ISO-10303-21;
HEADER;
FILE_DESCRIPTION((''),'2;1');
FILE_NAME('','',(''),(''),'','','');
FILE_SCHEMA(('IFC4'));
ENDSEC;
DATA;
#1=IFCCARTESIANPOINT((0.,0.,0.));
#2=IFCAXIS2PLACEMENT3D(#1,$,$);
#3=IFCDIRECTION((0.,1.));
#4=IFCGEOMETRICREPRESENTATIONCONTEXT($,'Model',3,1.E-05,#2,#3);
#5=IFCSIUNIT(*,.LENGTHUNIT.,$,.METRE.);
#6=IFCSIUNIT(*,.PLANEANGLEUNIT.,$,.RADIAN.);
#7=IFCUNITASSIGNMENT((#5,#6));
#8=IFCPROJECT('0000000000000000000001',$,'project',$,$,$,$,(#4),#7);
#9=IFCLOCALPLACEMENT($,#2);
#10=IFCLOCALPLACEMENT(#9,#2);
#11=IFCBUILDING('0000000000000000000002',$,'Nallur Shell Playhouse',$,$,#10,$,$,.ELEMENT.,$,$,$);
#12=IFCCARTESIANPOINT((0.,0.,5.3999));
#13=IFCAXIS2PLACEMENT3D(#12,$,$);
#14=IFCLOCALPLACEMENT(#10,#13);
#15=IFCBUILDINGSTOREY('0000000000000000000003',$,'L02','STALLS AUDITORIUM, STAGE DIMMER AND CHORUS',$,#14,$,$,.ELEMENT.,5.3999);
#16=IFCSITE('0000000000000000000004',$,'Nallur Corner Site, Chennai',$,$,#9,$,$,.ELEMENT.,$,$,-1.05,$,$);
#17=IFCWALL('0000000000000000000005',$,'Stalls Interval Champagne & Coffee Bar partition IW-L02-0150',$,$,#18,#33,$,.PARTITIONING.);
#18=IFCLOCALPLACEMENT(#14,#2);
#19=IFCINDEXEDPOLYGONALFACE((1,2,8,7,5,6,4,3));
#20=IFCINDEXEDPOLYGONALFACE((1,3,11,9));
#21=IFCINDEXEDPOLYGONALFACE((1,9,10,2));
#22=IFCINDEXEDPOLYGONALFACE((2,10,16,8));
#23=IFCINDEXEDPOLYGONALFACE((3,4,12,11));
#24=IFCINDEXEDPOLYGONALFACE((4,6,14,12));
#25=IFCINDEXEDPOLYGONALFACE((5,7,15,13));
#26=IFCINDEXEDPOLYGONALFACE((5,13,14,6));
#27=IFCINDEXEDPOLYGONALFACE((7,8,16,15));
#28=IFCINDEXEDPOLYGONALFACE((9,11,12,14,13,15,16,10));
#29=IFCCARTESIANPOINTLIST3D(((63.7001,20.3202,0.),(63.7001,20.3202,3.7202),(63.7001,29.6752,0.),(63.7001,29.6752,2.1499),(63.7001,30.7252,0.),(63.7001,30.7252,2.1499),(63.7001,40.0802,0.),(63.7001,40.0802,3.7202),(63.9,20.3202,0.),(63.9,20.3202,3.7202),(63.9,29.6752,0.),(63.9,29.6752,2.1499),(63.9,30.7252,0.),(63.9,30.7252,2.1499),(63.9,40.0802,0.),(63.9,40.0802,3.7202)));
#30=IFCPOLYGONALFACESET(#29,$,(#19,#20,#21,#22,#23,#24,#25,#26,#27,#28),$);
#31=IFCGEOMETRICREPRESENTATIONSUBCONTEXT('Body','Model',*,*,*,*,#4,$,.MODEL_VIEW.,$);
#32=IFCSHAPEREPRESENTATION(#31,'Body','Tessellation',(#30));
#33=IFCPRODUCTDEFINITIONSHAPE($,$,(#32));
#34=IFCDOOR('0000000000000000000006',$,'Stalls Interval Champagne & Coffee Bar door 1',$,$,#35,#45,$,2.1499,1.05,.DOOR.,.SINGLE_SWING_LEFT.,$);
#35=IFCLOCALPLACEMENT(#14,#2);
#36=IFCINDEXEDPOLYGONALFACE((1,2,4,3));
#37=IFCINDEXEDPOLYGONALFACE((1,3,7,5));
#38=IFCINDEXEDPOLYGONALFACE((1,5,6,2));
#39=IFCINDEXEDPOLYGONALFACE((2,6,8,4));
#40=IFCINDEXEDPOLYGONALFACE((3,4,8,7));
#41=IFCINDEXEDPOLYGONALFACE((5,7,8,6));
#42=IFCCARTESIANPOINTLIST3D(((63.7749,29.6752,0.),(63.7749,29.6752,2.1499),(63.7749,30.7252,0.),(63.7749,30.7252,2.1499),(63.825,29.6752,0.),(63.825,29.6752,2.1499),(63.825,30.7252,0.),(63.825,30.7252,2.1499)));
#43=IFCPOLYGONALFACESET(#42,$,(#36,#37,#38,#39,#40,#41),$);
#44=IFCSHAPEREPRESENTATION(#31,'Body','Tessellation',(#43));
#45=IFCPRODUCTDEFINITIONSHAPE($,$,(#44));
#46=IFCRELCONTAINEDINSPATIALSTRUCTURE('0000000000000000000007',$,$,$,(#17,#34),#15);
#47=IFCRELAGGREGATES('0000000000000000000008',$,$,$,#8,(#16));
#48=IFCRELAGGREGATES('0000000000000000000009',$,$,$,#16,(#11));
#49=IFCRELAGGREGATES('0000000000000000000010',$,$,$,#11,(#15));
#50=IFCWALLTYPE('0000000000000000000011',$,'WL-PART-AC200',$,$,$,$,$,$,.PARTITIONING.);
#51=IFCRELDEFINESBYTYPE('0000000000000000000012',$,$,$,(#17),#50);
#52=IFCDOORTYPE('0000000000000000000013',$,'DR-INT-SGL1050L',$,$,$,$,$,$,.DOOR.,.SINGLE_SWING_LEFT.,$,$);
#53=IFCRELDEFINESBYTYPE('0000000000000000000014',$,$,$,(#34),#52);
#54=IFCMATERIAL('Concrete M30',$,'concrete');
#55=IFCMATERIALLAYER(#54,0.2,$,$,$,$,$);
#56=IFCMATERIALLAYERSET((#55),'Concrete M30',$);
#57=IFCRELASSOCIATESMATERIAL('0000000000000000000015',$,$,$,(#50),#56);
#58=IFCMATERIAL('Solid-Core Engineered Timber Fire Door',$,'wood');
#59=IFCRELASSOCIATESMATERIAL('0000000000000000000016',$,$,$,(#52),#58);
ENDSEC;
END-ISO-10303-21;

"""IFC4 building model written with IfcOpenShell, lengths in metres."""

from ifc_helpers import new_model, si_unit, direction, frame, frame_2d, origin, place, context, subcontext, project, spatial, rectangle, extrude, material, layer, layer_set, type_object, element, fill, save


model = new_model("IFC4")

# Units and contexts
model_context = context("Model", 3, precision=1e-05, world=origin(), true_north=direction((0.0, 1.0)))
body_context = subcontext(model_context, "Body", "Model", "MODEL_VIEW")
ifc_project = project(units=[si_unit("LENGTHUNIT", "METRE"), si_unit("PLANEANGLEUNIT", "RADIAN")], contexts=[model_context])

# Site, building, storey
site_placement = place(None, origin())
site = spatial("IfcSite", under=ifc_project, at=site_placement, Name="Nallur Corner Site, Chennai", CompositionType="ELEMENT", RefElevation=-1.05)
building_placement = place(site_placement, origin())
building = spatial("IfcBuilding", under=site, at=building_placement, Name="Nallur Shell Playhouse", CompositionType="ELEMENT")
storey_placement = place(building_placement, frame((0.0, 0.0, 5.3999)))
storey = spatial("IfcBuildingStorey", under=building, at=storey_placement, Name="L02", Description="STALLS AUDITORIUM, STAGE DIMMER AND CHORUS", CompositionType="ELEMENT", Elevation=5.3999)

# Shared definitions
ifc_material_1 = material(Name="Concrete M30", Category="concrete")

# Wall, opening, door
ifc_layer_1 = layer(ifc_material_1, 0.2)
ifc_layer_set_1 = layer_set([ifc_layer_1], Name="Concrete M30")
wall_type_1 = type_object("IfcWallType", Name="WL-PART-AC200", PredefinedType="PARTITIONING", material=ifc_layer_set_1)
wall_1_placement = place(storey_placement, frame((63.8, 40.0801, 0.0), z_axis=(0.0, 0.0, 1.0), x_axis=(0.0, -1.0, 0.0)))
wall_1 = element("IfcWall", 1, at=wall_1_placement, inside=storey, type_object=wall_type_1, Name="Stalls Interval Champagne & Coffee Bar partition IW-L02-0150", PredefinedType="PARTITIONING", context=body_context, shape_type="SweptSolid", body=[
    extrude(rectangle(XDim=19.76, YDim=0.2, at=frame_2d((9.8799, 0.0))), origin(), (0.0, 0.0, 1.0), 3.7202),
])
opening_placement = place(wall_1_placement, frame((9.355, 0.0, 0.0)))
opening = element("IfcOpeningElement", 2, at=opening_placement, cuts=wall_1, PredefinedType="OPENING", context=body_context, shape_type="SweptSolid", body=[
    extrude(rectangle(XDim=1.05, YDim=2.1499, at=frame_2d((0.5249, 1.075))), frame((0.0, 0.1099, 0.0), z_axis=(0.0, -1.0, 0.0), x_axis=(1.0, 0.0, 0.0)), (0.0, 0.0, 1.0), 0.22),
])
ifc_material_2 = material(Name="Solid-Core Engineered Timber Fire Door", Category="wood")
door_type = type_object("IfcDoorType", Name="DR-INT-SGL1050L", OperationType="SINGLE_SWING_LEFT", PredefinedType="DOOR", material=ifc_material_2)
door_placement = place(opening_placement, origin())
door = element("IfcDoor", 3, at=door_placement, inside=storey, type_object=door_type, Name="Stalls Interval Champagne & Coffee Bar door 1", OperationType="SINGLE_SWING_LEFT", OverallHeight=2.1499, OverallWidth=1.05, PredefinedType="DOOR", context=body_context, shape_type="SweptSolid", body=[
    extrude(rectangle(XDim=1.05, YDim=2.1499, at=frame_2d((0.5249, 1.075))), frame((0.0, 0.0249, 0.0), z_axis=(0.0, -1.0, 0.0), x_axis=(1.0, 0.0, 0.0)), (0.0, 0.0, 1.0), 0.05),
])
fill(opening, door)

save(model, "model.ifc")
